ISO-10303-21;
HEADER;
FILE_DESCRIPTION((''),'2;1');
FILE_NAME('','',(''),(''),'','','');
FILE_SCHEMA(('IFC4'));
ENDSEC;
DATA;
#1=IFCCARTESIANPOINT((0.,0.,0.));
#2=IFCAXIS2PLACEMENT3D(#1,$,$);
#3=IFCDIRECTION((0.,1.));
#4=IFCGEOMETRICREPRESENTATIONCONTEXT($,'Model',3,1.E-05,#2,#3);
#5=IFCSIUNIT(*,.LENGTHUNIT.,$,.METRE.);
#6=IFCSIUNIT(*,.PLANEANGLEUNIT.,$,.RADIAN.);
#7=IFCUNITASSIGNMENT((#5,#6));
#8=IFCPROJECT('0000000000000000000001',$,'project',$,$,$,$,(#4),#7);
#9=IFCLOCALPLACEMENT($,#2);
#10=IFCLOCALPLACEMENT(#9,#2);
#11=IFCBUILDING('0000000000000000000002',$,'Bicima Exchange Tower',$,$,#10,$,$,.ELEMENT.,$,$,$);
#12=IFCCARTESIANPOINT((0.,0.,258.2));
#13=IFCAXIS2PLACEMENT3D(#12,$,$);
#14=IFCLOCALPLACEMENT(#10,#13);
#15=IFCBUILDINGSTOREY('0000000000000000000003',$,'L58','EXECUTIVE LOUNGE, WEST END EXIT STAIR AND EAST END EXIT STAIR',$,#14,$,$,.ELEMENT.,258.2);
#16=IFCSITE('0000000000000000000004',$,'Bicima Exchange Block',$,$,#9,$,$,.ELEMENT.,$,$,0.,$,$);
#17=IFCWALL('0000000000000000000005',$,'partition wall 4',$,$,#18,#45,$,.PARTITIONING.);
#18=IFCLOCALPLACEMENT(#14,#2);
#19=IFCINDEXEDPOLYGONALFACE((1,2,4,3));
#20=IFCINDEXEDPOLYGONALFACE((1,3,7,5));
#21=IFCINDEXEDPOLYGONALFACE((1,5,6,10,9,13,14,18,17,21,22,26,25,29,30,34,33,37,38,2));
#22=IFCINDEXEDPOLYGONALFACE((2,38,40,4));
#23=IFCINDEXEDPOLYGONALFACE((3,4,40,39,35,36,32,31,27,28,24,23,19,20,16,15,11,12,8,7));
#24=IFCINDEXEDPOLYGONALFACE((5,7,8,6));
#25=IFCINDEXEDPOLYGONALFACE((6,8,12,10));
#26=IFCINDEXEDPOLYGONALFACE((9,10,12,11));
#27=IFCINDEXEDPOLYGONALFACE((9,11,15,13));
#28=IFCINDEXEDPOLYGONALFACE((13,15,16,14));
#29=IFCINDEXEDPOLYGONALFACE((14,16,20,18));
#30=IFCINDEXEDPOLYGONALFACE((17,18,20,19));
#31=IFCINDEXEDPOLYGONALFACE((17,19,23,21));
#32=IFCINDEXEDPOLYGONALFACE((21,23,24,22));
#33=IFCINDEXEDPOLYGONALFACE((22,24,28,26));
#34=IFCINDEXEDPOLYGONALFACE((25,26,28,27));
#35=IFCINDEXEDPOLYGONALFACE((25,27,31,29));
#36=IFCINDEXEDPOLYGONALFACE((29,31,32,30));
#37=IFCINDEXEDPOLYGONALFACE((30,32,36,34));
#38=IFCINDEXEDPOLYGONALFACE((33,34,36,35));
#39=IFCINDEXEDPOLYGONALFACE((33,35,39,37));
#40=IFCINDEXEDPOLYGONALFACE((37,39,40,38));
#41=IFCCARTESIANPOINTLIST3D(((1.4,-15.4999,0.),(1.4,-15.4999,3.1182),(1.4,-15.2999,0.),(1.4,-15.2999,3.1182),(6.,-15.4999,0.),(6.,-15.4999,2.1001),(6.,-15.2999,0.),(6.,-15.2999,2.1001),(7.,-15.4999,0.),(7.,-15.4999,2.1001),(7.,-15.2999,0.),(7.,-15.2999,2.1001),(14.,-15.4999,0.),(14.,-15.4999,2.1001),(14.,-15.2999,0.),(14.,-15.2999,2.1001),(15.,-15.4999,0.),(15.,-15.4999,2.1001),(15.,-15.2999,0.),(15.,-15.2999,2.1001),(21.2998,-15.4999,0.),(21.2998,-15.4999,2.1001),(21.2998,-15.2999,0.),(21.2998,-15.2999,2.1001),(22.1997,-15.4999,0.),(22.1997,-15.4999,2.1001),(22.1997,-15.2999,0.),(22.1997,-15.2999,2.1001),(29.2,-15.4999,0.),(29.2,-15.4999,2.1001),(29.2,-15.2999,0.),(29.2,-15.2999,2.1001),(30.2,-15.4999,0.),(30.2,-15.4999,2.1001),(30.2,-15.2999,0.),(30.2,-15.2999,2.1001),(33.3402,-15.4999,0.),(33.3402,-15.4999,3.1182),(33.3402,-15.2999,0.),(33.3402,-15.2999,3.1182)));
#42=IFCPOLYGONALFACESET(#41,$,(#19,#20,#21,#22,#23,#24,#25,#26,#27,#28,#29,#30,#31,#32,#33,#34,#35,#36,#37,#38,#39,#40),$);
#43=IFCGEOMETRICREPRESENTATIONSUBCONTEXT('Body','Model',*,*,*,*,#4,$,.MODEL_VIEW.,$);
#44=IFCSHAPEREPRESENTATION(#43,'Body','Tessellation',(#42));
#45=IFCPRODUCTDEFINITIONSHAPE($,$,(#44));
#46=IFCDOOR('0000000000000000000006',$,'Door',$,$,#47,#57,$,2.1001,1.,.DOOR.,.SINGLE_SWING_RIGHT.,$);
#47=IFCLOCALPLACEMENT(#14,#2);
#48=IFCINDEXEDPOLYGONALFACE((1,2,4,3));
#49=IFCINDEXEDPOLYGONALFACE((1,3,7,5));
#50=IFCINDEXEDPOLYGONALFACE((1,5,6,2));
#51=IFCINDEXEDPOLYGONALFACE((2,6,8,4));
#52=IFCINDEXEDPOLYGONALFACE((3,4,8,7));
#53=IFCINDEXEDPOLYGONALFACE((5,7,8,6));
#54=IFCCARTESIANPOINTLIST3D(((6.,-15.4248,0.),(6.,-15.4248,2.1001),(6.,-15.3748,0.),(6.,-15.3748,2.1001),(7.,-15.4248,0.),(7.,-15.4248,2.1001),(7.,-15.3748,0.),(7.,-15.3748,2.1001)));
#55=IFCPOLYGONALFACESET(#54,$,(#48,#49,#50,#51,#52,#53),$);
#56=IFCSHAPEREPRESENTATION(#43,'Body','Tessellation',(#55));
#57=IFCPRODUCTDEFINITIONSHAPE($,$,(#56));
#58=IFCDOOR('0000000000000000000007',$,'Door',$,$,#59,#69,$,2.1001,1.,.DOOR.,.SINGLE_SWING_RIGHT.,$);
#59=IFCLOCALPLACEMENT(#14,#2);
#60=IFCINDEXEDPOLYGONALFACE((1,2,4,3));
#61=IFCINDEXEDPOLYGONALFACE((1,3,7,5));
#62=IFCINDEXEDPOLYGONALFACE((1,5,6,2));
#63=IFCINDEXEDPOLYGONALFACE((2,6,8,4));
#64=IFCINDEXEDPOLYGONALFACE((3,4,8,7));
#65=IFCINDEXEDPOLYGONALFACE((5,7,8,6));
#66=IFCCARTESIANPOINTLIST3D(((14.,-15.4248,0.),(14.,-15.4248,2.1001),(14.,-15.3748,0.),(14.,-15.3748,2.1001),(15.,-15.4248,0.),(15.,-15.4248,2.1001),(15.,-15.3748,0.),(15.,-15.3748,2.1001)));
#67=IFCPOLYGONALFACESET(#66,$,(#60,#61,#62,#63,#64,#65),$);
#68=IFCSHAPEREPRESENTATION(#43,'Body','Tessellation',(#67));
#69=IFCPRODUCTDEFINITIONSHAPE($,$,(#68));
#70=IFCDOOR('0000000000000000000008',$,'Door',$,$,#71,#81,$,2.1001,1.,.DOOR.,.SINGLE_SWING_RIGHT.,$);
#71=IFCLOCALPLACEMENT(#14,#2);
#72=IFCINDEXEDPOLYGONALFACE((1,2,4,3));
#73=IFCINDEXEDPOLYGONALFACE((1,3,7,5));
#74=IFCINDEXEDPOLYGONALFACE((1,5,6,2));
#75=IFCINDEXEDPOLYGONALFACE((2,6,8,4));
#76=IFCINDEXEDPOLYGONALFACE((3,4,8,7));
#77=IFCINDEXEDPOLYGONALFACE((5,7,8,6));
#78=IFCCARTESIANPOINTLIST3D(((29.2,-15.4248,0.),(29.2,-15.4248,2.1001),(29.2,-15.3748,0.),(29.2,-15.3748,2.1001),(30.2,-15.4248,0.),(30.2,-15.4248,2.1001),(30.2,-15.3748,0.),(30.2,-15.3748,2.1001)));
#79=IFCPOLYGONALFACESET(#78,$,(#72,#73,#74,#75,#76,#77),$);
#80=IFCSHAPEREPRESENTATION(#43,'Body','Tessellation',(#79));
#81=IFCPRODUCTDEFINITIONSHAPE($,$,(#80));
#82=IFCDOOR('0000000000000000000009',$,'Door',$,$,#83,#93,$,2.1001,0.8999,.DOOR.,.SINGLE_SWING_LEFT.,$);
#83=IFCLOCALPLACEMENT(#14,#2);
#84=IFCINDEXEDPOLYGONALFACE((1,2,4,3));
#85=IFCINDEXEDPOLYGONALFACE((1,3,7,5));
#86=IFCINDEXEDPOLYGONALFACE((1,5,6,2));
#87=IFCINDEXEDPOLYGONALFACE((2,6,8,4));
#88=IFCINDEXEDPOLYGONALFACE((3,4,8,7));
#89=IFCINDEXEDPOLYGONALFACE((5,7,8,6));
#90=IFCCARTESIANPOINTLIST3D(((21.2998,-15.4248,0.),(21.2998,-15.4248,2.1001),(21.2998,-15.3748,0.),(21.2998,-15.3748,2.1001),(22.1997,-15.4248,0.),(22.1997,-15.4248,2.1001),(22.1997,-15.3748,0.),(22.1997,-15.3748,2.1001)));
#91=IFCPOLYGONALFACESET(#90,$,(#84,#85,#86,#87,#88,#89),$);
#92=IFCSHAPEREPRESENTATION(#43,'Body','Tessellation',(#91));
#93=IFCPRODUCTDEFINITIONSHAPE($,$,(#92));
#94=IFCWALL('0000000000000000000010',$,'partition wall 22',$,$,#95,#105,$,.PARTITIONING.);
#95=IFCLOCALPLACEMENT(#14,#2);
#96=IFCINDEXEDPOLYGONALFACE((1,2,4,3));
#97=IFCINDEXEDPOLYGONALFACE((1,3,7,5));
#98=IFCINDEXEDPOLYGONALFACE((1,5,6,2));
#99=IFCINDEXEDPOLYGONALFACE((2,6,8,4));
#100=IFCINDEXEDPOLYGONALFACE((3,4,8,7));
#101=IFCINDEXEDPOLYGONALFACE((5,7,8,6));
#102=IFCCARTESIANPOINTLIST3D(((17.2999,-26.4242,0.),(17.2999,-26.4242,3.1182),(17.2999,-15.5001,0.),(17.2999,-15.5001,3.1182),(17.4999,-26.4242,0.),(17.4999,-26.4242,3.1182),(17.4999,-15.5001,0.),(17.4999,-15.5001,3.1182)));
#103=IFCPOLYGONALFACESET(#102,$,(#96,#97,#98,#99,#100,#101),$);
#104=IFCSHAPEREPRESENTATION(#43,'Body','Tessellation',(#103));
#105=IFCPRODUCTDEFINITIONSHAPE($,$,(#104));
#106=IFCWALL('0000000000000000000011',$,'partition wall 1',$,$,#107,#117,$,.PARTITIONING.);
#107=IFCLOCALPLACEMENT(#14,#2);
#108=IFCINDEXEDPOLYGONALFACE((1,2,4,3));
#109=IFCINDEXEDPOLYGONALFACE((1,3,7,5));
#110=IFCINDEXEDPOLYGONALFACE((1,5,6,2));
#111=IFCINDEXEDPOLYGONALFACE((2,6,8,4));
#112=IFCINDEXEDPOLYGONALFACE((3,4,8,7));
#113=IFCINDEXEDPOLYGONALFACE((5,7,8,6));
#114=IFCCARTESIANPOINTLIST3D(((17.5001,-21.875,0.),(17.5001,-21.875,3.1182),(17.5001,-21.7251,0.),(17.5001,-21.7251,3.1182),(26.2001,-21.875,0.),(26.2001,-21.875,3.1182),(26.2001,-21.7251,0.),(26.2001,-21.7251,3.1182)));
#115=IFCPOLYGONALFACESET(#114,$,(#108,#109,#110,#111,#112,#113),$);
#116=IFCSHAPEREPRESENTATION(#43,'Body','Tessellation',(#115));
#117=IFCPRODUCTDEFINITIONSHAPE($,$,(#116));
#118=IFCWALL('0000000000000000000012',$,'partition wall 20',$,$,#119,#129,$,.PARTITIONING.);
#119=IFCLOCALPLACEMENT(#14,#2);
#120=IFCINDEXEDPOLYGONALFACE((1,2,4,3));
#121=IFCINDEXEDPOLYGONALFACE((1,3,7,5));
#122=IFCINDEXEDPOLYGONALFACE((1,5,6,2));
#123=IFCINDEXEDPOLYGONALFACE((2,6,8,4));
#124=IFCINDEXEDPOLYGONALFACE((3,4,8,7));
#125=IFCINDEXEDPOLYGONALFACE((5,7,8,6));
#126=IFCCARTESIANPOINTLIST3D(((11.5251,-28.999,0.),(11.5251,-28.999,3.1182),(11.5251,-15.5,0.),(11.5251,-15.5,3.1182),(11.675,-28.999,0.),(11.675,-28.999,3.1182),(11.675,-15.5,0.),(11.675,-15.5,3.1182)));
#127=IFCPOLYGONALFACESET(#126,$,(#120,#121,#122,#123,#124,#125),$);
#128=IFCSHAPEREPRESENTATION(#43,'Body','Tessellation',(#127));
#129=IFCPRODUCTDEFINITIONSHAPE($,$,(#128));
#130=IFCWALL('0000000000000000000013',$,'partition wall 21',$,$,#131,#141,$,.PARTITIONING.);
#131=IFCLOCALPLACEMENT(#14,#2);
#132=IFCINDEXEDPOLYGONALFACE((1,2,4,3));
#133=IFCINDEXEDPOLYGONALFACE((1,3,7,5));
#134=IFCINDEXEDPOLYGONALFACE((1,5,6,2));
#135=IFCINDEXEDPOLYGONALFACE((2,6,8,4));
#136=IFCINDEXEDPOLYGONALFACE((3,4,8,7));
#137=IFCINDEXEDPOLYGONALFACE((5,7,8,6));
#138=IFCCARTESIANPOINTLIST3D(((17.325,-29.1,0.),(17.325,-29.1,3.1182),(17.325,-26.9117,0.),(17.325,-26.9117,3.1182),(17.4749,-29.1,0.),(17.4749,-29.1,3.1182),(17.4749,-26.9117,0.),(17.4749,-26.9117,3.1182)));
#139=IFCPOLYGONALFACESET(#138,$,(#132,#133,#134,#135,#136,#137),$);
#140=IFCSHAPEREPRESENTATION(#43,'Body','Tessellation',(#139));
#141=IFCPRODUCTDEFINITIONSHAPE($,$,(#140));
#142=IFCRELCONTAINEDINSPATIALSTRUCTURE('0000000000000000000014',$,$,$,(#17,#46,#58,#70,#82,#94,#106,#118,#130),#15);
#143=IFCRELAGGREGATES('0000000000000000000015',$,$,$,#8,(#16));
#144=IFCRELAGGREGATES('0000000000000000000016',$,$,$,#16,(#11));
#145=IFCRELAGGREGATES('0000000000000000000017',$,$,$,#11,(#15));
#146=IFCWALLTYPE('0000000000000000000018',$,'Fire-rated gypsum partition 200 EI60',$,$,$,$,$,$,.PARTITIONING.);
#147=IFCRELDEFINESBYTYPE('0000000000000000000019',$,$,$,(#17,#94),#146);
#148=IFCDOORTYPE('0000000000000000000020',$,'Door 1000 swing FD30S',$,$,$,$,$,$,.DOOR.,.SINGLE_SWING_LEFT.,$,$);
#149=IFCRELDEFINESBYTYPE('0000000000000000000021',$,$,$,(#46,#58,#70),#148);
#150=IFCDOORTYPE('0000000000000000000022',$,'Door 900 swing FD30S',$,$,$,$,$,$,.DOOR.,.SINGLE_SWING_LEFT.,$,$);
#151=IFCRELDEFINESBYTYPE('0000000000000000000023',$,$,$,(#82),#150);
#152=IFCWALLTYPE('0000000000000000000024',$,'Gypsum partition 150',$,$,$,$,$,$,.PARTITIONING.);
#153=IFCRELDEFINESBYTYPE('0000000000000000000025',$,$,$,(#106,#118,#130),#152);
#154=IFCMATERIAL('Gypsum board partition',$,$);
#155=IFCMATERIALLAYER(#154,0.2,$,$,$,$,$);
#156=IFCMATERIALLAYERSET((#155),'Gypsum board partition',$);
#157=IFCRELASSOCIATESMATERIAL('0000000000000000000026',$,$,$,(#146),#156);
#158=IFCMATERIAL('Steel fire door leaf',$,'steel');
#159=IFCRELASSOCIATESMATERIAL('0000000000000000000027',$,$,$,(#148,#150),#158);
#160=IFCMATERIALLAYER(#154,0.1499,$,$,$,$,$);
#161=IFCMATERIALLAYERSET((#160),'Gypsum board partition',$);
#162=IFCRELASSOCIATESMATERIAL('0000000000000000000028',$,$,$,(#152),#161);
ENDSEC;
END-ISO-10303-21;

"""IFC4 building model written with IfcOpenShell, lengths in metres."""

from ifc_helpers import new_model, si_unit, direction, frame, frame_2d, origin, place, context, subcontext, project, spatial, rectangle, extrude, material, layer, layer_set, type_object, element, fill, save


model = new_model("IFC4")

# Units and contexts
model_context = context("Model", 3, precision=1e-05, world=origin(), true_north=direction((0.0, 1.0)))
body_context = subcontext(model_context, "Body", "Model", "MODEL_VIEW")
ifc_project = project(units=[si_unit("LENGTHUNIT", "METRE"), si_unit("PLANEANGLEUNIT", "RADIAN")], contexts=[model_context])

# Site, building, storey
site_placement = place(None, origin())
site = spatial("IfcSite", under=ifc_project, at=site_placement, Name="Bicima Exchange Block", CompositionType="ELEMENT", RefElevation=0.0)
building_placement = place(site_placement, origin())
building = spatial("IfcBuilding", under=site, at=building_placement, Name="Bicima Exchange Tower", CompositionType="ELEMENT")
storey_placement = place(building_placement, frame((0.0, 0.0, 258.2)))
storey = spatial("IfcBuildingStorey", under=building, at=storey_placement, Name="L58", Description="EXECUTIVE LOUNGE, WEST END EXIT STAIR AND EAST END EXIT STAIR", CompositionType="ELEMENT", Elevation=258.2)

# Wall, openings, doors
ifc_material_1 = material(Name="Gypsum board partition")
ifc_layer_1 = layer(ifc_material_1, 0.2)
ifc_layer_set_1 = layer_set([ifc_layer_1], Name="Gypsum board partition")
wall_type_1 = type_object("IfcWallType", Name="Fire-rated gypsum partition 200 EI60", PredefinedType="PARTITIONING", material=ifc_layer_set_1)
ifc_material_2 = material(Name="Steel fire door leaf", Category="steel")
door_type_1 = type_object("IfcDoorType", Name="Door 1000 swing FD30S", OperationType="SINGLE_SWING_LEFT", PredefinedType="DOOR", material=ifc_material_2)
door_type_2 = type_object("IfcDoorType", Name="Door 900 swing FD30S", OperationType="SINGLE_SWING_LEFT", PredefinedType="DOOR", material=ifc_material_2)
wall_1_placement = place(storey_placement, frame((1.3999, -15.3999, 0.0), z_axis=(0.0, 0.0, 1.0), x_axis=(1.0, 0.0, 0.0)))
wall_1 = element("IfcWall", 1, at=wall_1_placement, inside=storey, type_object=wall_type_1, Name="partition wall 4", PredefinedType="PARTITIONING", context=body_context, shape_type="SweptSolid", body=[
    extrude(rectangle(XDim=31.9402, YDim=0.2, at=frame_2d((15.9702, 0.0))), origin(), (0.0, 0.0, 1.0), 3.1182),
])
opening_1_placement = place(wall_1_placement, frame((4.6001, 0.0, 0.0)))
opening_1 = element("IfcOpeningElement", 2, at=opening_1_placement, cuts=wall_1, PredefinedType="OPENING", context=body_context, shape_type="SweptSolid", body=[
    extrude(rectangle(XDim=1.0, YDim=2.1001, at=frame_2d((0.5, 1.05))), frame((0.0, 0.1118, 0.0), z_axis=(0.0, -1.0, 0.0), x_axis=(1.0, 0.0, 0.0)), (0.0, 0.0, 1.0), 0.2239),
])
opening_2_placement = place(wall_1_placement, frame((12.6001, 0.0, 0.0)))
opening_2 = element("IfcOpeningElement", 3, at=opening_2_placement, cuts=wall_1, PredefinedType="OPENING", context=body_context, shape_type="SweptSolid", body=[
    extrude(rectangle(XDim=1.0, YDim=2.1001, at=frame_2d((0.5, 1.05))), frame((0.0, 0.1118, 0.0), z_axis=(0.0, -1.0, 0.0), x_axis=(1.0, 0.0, 0.0)), (0.0, 0.0, 1.0), 0.2239),
])
opening_3_placement = place(wall_1_placement, frame((19.8999, 0.0, 0.0)))
opening_3 = element("IfcOpeningElement", 4, at=opening_3_placement, cuts=wall_1, PredefinedType="OPENING", context=body_context, shape_type="SweptSolid", body=[
    extrude(rectangle(XDim=0.8999, YDim=2.1001, at=frame_2d((0.45, 1.05))), frame((0.0, 0.1118, 0.0), z_axis=(0.0, -1.0, 0.0), x_axis=(1.0, 0.0, 0.0)), (0.0, 0.0, 1.0), 0.2239),
])
opening_4_placement = place(wall_1_placement, frame((27.8, 0.0, 0.0)))
opening_4 = element("IfcOpeningElement", 5, at=opening_4_placement, cuts=wall_1, PredefinedType="OPENING", context=body_context, shape_type="SweptSolid", body=[
    extrude(rectangle(XDim=1.0, YDim=2.1001, at=frame_2d((0.5, 1.05))), frame((0.0, 0.1118, 0.0), z_axis=(0.0, -1.0, 0.0), x_axis=(1.0, 0.0, 0.0)), (0.0, 0.0, 1.0), 0.2239),
])
door_1_placement = place(opening_1_placement, frame((1.0, 0.0, 0.0), z_axis=(0.0, 0.0, 1.0), x_axis=(-1.0, 0.0, 0.0)))
door_1 = element("IfcDoor", 6, at=door_1_placement, inside=storey, type_object=door_type_1, Name="Door", OperationType="SINGLE_SWING_RIGHT", OverallHeight=2.1001, OverallWidth=1.0, PredefinedType="DOOR", context=body_context, shape_type="SweptSolid", body=[
    extrude(rectangle(XDim=1.0, YDim=2.1001, at=frame_2d((0.5, 1.05))), frame((0.0, 0.0249, 0.0), z_axis=(0.0, -1.0, 0.0), x_axis=(1.0, 0.0, 0.0)), (0.0, 0.0, 1.0), 0.05),
])
fill(opening_1, door_1)
door_2_placement = place(opening_2_placement, frame((1.0, 0.0, 0.0), z_axis=(0.0, 0.0, 1.0), x_axis=(-1.0, 0.0, 0.0)))
door_2 = element("IfcDoor", 7, at=door_2_placement, inside=storey, type_object=door_type_1, Name="Door", OperationType="SINGLE_SWING_RIGHT", OverallHeight=2.1001, OverallWidth=1.0, PredefinedType="DOOR", context=body_context, shape_type="SweptSolid", body=[
    extrude(rectangle(XDim=1.0, YDim=2.1001, at=frame_2d((0.5, 1.05))), frame((0.0, 0.0249, 0.0), z_axis=(0.0, -1.0, 0.0), x_axis=(1.0, 0.0, 0.0)), (0.0, 0.0, 1.0), 0.05),
])
fill(opening_2, door_2)
door_3_placement = place(opening_4_placement, frame((1.0, 0.0, 0.0), z_axis=(0.0, 0.0, 1.0), x_axis=(-1.0, 0.0, 0.0)))
door_3 = element("IfcDoor", 8, at=door_3_placement, inside=storey, type_object=door_type_1, Name="Door", OperationType="SINGLE_SWING_RIGHT", OverallHeight=2.1001, OverallWidth=1.0, PredefinedType="DOOR", context=body_context, shape_type="SweptSolid", body=[
    extrude(rectangle(XDim=1.0, YDim=2.1001, at=frame_2d((0.5, 1.05))), frame((0.0, 0.0249, 0.0), z_axis=(0.0, -1.0, 0.0), x_axis=(1.0, 0.0, 0.0)), (0.0, 0.0, 1.0), 0.05),
])
fill(opening_4, door_3)
door_4_placement = place(opening_3_placement, frame((0.8999, 0.0, 0.0), z_axis=(0.0, 0.0, 1.0), x_axis=(-1.0, 0.0, 0.0)))
door_4 = element("IfcDoor", 9, at=door_4_placement, inside=storey, type_object=door_type_2, Name="Door", OperationType="SINGLE_SWING_LEFT", OverallHeight=2.1001, OverallWidth=0.8999, PredefinedType="DOOR", context=body_context, shape_type="SweptSolid", body=[
    extrude(rectangle(XDim=0.8999, YDim=2.1001, at=frame_2d((0.45, 1.05))), frame((0.0, 0.0249, 0.0), z_axis=(0.0, -1.0, 0.0), x_axis=(1.0, 0.0, 0.0)), (0.0, 0.0, 1.0), 0.05),
])
fill(opening_3, door_4)

# Walls
wall_2_placement = place(storey_placement, frame((17.3999, -26.4241, 0.0), z_axis=(0.0, 0.0, 1.0), x_axis=(0.0, 1.0, 0.0)))
element("IfcWall", 10, at=wall_2_placement, inside=storey, type_object=wall_type_1, Name="partition wall 22", PredefinedType="PARTITIONING", context=body_context, shape_type="SweptSolid", body=[
    extrude(rectangle(XDim=10.9241, YDim=0.2, at=frame_2d((5.4619, 0.0))), origin(), (0.0, 0.0, 1.0), 3.1182),
])
ifc_layer_2 = layer(ifc_material_1, 0.1499)
ifc_layer_set_2 = layer_set([ifc_layer_2], Name="Gypsum board partition")
wall_type_2 = type_object("IfcWallType", Name="Gypsum partition 150", PredefinedType="PARTITIONING", material=ifc_layer_set_2)
wall_3_placement = place(storey_placement, frame((17.5, -21.8, 0.0), z_axis=(0.0, 0.0, 1.0), x_axis=(1.0, 0.0, 0.0)))
element("IfcWall", 11, at=wall_3_placement, inside=storey, type_object=wall_type_2, Name="partition wall 1", PredefinedType="PARTITIONING", context=body_context, shape_type="SweptSolid", body=[
    extrude(rectangle(XDim=8.7, YDim=0.1499, at=frame_2d((4.3501, 0.0))), origin(), (0.0, 0.0, 1.0), 3.1182),
])
wall_4_placement = place(storey_placement, frame((11.6001, -28.999, 0.0), z_axis=(0.0, 0.0, 1.0), x_axis=(0.0, 1.0, 0.0)))
element("IfcWall", 12, at=wall_4_placement, inside=storey, type_object=wall_type_2, Name="partition wall 20", PredefinedType="PARTITIONING", context=body_context, shape_type="SweptSolid", body=[
    extrude(rectangle(XDim=13.499, YDim=0.1499, at=frame_2d((6.7495, 0.0))), origin(), (0.0, 0.0, 1.0), 3.1182),
])
wall_5_placement = place(storey_placement, frame((17.3999, -29.1001, 0.0), z_axis=(0.0, 0.0, 1.0), x_axis=(0.0, 1.0, 0.0)))
element("IfcWall", 13, at=wall_5_placement, inside=storey, type_object=wall_type_2, Name="partition wall 21", PredefinedType="PARTITIONING", context=body_context, shape_type="SweptSolid", body=[
    extrude(rectangle(XDim=2.1882, YDim=0.1499, at=frame_2d((1.0942, 0.0))), origin(), (0.0, 0.0, 1.0), 3.1182),
])

save(model, "model.ifc")
